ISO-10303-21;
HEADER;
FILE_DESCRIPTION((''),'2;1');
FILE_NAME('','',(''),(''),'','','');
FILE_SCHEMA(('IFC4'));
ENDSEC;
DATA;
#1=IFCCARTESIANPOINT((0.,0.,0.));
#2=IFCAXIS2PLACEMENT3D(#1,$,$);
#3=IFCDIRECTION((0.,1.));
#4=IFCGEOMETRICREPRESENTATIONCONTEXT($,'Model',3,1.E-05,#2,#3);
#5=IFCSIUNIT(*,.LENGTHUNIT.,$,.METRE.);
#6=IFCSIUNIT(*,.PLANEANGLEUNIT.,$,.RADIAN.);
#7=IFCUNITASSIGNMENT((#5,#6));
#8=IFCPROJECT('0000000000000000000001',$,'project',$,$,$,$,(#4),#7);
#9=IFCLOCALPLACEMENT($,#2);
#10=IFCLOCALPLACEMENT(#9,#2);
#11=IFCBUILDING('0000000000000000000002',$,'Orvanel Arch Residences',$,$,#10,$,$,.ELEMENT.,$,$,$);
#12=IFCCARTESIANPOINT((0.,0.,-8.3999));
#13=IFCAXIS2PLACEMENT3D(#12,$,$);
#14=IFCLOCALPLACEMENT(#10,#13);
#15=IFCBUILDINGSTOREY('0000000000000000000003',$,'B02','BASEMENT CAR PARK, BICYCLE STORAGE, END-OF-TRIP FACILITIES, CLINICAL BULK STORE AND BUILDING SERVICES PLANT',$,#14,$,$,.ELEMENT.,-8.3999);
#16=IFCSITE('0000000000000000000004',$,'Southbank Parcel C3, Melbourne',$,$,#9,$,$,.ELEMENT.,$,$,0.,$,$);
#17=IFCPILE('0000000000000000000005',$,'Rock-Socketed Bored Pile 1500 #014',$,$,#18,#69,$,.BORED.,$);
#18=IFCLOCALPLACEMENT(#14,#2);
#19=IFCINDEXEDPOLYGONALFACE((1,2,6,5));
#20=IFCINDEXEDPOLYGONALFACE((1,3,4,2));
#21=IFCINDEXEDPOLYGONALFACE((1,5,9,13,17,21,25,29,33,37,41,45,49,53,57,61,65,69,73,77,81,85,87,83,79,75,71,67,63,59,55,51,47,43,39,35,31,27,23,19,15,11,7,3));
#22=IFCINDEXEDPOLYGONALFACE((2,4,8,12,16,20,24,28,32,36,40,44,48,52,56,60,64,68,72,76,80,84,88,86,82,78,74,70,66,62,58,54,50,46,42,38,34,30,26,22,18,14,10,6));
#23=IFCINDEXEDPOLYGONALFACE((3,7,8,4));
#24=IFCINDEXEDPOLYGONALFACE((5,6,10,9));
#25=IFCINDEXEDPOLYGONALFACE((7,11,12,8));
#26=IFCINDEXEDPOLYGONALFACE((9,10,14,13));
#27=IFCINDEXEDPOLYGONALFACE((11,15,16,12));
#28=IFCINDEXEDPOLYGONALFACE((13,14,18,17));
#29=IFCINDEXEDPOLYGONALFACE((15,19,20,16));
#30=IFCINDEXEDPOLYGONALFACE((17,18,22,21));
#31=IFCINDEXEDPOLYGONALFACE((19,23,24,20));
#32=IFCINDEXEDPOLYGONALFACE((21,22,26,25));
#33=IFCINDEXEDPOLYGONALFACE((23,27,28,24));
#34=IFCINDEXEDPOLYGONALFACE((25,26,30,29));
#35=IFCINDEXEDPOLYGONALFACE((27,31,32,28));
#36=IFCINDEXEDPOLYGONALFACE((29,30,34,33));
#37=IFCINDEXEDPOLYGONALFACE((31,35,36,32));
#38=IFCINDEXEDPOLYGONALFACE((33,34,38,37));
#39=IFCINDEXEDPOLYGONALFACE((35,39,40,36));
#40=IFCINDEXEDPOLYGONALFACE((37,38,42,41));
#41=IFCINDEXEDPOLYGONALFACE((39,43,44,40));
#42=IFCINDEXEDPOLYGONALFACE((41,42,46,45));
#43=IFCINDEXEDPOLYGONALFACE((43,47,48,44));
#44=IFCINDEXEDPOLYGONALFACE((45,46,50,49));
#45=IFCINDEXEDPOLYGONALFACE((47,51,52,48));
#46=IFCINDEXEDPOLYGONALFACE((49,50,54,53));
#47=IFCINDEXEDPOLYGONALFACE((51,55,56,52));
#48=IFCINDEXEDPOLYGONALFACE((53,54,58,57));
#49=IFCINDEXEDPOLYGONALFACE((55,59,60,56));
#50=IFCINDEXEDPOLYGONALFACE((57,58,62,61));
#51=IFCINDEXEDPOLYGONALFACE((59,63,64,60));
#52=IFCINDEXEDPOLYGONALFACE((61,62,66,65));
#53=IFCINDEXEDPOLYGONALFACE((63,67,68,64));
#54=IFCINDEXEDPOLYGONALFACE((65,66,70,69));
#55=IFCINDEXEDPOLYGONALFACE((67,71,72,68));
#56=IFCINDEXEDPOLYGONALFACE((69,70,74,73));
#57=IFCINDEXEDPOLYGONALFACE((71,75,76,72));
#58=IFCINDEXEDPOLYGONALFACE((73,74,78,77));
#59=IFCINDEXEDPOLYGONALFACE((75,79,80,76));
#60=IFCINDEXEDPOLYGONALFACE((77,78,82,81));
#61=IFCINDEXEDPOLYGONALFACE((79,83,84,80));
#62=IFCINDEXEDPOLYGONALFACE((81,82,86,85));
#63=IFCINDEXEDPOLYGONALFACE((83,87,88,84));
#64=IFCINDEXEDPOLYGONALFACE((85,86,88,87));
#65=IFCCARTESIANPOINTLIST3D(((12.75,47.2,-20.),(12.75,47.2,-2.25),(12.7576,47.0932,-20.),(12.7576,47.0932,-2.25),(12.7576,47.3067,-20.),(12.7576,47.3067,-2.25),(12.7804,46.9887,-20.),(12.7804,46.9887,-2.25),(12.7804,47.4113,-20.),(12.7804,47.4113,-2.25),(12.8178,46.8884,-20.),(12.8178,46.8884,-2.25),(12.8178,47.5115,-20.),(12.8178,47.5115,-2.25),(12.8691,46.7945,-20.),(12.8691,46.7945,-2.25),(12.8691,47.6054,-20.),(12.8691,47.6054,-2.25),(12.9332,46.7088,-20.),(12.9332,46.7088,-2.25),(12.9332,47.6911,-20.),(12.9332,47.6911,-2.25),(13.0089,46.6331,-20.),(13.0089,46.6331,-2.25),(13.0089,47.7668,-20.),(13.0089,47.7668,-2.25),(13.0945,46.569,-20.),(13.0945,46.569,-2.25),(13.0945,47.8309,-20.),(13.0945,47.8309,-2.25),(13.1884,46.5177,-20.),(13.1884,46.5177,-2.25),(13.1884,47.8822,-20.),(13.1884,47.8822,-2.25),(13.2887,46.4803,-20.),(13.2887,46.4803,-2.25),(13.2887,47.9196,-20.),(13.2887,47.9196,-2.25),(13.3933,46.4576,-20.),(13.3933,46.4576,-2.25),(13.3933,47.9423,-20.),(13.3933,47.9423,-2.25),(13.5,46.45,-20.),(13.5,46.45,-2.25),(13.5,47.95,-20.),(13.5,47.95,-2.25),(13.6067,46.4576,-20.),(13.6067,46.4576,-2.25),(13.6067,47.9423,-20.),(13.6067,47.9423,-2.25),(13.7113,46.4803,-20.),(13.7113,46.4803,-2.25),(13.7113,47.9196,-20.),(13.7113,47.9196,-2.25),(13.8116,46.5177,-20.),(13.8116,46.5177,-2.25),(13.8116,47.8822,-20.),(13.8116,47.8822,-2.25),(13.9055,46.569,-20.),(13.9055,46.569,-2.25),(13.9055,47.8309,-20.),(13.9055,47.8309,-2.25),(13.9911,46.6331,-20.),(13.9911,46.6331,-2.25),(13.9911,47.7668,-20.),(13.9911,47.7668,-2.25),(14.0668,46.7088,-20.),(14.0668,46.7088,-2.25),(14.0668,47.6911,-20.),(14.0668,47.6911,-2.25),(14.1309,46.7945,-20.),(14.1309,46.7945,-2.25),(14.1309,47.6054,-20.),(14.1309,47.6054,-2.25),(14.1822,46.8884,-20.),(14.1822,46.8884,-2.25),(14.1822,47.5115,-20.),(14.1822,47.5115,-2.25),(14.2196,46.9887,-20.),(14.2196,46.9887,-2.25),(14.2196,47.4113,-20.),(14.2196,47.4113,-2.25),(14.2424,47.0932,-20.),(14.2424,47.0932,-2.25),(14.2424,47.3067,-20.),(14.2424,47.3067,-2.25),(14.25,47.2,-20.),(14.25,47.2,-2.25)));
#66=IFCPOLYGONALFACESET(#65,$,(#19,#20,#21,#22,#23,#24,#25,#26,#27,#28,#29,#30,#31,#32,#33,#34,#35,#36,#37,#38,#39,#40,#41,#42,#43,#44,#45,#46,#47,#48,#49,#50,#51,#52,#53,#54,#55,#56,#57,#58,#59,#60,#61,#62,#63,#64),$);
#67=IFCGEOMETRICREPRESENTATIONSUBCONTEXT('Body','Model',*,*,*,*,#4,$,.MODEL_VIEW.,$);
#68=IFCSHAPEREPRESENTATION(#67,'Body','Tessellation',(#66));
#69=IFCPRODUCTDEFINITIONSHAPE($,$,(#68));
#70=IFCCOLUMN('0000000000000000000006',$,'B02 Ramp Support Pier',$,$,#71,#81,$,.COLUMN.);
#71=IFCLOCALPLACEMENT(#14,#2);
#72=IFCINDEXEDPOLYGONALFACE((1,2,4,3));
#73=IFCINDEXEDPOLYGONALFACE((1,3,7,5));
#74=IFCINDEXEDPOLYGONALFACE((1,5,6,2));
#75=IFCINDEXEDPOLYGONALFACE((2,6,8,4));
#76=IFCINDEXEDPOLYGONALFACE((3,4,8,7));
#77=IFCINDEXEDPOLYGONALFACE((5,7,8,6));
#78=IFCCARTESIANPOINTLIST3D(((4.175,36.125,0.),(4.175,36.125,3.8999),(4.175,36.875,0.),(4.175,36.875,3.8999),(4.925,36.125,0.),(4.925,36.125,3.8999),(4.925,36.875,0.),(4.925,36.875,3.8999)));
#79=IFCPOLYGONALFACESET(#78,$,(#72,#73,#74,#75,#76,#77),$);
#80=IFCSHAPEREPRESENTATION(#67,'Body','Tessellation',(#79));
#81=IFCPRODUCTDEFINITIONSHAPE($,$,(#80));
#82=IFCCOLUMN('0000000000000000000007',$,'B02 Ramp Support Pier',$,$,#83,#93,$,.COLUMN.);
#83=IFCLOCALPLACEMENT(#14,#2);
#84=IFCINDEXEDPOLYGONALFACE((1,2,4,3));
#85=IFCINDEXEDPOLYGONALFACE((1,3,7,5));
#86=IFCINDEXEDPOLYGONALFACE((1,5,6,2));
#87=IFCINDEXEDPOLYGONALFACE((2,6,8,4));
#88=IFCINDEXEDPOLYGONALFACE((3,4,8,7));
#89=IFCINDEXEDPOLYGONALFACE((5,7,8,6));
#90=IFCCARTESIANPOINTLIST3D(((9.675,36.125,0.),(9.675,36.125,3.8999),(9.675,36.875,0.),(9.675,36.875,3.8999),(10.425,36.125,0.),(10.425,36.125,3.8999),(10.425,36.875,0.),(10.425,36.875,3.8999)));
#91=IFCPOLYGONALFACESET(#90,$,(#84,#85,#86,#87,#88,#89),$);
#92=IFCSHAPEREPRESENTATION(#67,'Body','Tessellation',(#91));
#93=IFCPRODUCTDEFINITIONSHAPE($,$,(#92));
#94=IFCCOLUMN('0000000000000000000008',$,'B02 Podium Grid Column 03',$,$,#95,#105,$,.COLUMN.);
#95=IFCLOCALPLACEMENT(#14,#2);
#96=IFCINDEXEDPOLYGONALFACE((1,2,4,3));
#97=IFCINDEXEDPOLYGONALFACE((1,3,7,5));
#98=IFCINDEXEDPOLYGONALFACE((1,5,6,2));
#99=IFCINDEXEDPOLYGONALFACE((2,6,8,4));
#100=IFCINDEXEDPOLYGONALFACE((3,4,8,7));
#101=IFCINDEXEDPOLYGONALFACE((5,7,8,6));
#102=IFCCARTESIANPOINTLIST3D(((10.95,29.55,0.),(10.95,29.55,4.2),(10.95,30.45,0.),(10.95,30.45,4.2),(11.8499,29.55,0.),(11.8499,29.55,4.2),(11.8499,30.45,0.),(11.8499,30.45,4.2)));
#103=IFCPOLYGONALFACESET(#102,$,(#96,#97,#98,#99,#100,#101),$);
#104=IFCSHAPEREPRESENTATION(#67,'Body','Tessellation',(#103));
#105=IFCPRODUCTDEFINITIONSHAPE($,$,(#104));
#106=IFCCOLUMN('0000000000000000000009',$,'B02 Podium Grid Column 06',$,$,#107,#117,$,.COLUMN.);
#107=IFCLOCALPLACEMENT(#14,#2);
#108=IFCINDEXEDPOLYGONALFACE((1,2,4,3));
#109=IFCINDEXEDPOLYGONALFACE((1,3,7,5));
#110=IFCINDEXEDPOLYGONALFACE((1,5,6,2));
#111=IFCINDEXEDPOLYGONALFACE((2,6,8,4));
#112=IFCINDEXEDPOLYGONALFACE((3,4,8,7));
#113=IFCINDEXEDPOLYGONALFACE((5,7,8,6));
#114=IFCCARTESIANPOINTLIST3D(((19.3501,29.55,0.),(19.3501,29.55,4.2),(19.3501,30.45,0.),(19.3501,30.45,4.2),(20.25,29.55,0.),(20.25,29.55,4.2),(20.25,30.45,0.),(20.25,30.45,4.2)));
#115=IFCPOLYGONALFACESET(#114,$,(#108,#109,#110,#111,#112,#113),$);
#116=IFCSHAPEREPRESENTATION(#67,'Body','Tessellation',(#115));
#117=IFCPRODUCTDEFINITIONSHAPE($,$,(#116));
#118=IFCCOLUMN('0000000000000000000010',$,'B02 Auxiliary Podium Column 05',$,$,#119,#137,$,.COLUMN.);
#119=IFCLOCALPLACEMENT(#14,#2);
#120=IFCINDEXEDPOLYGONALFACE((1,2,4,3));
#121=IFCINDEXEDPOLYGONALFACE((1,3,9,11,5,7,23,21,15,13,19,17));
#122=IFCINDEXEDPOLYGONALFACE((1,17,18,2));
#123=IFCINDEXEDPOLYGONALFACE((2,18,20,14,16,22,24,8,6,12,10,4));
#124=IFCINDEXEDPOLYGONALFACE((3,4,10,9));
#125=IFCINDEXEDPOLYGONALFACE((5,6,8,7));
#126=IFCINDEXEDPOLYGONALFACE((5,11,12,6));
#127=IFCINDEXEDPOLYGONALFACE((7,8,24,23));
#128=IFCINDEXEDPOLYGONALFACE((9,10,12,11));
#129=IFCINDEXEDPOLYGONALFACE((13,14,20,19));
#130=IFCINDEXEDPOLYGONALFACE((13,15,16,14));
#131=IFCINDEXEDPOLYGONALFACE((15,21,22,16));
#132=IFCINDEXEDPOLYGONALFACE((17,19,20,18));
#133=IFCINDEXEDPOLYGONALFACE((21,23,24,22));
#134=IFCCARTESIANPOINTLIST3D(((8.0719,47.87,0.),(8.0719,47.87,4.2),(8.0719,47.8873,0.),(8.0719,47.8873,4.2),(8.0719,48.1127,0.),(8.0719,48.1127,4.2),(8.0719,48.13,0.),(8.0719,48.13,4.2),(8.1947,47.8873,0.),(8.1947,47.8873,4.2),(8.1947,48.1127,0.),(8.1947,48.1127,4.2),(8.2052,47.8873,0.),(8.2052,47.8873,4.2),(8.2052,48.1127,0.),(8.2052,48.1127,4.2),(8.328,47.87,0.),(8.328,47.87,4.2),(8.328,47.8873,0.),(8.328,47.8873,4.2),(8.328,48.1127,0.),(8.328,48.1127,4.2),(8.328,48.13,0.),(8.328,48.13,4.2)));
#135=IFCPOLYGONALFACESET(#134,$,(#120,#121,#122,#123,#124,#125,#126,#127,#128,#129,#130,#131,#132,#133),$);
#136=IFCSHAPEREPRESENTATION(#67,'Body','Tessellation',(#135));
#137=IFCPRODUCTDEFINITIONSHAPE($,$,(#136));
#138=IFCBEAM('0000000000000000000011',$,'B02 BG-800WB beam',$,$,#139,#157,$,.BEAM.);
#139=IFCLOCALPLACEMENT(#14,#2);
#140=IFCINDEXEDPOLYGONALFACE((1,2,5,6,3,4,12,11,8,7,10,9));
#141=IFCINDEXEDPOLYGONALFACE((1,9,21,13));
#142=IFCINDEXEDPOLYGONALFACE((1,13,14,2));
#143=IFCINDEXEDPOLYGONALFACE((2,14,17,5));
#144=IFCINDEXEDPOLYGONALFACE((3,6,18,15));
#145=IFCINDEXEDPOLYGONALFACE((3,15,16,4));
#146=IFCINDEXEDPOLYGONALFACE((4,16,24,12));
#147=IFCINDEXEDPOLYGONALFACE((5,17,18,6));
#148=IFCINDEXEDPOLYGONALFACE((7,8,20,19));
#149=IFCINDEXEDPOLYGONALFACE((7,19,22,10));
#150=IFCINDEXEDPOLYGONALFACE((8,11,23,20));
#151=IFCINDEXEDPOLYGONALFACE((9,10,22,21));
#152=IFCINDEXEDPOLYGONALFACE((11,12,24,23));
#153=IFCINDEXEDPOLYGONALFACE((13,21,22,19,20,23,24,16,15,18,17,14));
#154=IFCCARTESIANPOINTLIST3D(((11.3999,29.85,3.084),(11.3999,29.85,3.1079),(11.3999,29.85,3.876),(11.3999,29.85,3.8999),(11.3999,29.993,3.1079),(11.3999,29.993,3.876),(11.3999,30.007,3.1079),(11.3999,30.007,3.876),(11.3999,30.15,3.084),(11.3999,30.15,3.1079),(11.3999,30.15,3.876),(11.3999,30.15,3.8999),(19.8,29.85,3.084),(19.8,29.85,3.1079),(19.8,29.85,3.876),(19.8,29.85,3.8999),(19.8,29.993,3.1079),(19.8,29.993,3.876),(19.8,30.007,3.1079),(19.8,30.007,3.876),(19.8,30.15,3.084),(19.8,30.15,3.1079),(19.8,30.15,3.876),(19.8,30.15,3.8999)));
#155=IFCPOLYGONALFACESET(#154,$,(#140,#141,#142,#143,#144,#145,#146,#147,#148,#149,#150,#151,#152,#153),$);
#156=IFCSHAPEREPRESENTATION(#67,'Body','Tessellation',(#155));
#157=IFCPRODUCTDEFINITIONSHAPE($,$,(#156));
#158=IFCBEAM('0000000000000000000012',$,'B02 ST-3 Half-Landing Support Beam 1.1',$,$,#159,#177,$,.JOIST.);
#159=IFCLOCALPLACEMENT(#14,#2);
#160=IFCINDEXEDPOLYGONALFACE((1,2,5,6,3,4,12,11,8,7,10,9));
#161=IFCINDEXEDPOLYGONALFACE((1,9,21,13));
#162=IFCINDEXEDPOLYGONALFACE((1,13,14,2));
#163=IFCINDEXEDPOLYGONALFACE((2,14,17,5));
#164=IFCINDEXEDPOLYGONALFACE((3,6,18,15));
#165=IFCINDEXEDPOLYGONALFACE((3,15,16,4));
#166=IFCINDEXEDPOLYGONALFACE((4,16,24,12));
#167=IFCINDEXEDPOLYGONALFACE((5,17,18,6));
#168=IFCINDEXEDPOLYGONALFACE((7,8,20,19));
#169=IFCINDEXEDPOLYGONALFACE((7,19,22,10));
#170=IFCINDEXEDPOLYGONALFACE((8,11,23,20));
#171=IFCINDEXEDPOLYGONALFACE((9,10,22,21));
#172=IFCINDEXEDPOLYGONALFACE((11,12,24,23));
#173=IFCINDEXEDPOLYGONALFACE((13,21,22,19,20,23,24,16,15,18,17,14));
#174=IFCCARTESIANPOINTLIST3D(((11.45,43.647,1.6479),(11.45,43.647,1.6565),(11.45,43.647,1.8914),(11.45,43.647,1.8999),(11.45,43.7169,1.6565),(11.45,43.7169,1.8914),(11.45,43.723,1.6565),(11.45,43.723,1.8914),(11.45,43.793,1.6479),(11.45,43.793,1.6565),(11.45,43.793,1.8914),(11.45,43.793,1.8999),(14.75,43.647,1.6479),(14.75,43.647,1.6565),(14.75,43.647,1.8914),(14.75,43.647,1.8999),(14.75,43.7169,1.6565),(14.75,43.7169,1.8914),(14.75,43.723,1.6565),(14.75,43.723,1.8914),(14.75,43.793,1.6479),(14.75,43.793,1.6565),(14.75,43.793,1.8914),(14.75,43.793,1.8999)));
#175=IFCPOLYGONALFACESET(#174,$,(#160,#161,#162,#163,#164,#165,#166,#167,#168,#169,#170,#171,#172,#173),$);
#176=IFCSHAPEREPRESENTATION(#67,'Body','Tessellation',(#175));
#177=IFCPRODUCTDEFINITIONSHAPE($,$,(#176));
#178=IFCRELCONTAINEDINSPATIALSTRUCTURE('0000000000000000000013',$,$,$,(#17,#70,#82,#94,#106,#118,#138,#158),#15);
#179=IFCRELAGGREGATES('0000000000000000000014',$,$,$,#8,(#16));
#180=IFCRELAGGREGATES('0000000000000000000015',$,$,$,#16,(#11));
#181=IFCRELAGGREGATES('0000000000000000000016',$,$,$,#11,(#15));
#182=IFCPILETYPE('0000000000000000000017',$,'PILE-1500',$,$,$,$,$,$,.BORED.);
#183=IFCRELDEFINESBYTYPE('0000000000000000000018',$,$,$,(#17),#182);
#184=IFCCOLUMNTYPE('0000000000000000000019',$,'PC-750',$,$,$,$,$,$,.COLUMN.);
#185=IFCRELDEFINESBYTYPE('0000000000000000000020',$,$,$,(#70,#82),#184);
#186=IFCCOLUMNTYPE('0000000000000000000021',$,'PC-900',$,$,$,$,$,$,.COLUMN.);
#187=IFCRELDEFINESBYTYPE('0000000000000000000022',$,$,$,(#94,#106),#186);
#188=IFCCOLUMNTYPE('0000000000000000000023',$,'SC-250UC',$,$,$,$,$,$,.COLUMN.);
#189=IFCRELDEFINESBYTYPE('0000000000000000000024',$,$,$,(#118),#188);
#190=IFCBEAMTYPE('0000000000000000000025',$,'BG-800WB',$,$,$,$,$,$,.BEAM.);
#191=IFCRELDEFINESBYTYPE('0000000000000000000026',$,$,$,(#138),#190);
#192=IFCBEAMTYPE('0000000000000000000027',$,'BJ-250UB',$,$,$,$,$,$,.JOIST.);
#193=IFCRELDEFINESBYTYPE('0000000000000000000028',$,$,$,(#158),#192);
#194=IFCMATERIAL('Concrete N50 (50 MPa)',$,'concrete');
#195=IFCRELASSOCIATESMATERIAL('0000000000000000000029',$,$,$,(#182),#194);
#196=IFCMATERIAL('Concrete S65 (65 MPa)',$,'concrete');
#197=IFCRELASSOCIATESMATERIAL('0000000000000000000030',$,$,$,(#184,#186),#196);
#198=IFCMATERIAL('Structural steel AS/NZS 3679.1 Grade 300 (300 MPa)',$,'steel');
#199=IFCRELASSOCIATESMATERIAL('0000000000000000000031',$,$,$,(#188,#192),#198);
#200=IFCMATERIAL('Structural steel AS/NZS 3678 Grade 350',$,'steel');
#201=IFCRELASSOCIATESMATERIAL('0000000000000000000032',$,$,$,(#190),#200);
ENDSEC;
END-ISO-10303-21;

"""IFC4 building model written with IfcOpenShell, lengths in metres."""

from ifc_helpers import new_model, si_unit, direction, frame, origin, origin_2d, place, context, subcontext, project, spatial, rectangle, circle, i_section, extrude, material, material_profile, profile_set, type_object, element, save


model = new_model("IFC4")

# Units and contexts
model_context = context("Model", 3, precision=1e-05, world=origin(), true_north=direction((0.0, 1.0)))
body_context = subcontext(model_context, "Body", "Model", "MODEL_VIEW")
ifc_project = project(units=[si_unit("LENGTHUNIT", "METRE"), si_unit("PLANEANGLEUNIT", "RADIAN")], contexts=[model_context])

# Site, building, storey
site_placement = place(None, origin())
site = spatial("IfcSite", under=ifc_project, at=site_placement, Name="Southbank Parcel C3, Melbourne", CompositionType="ELEMENT", RefElevation=0.0)
building_placement = place(site_placement, origin())
building = spatial("IfcBuilding", under=site, at=building_placement, Name="Orvanel Arch Residences", CompositionType="ELEMENT")
storey_placement = place(building_placement, frame((0.0, 0.0, -8.3999)))
storey = spatial("IfcBuildingStorey", under=building, at=storey_placement, Name="B02", Description="BASEMENT CAR PARK, BICYCLE STORAGE, END-OF-TRIP FACILITIES, CLINICAL BULK STORE AND BUILDING SERVICES PLANT", CompositionType="ELEMENT", Elevation=-8.3999)

# Shared definitions
ifc_material_1 = material(Name="Concrete N50 (50 MPa)", Category="concrete")

# Pile
ifc_material_profile_1 = material_profile(ifc_material_1, circle(Radius=0.75, at=origin_2d()), Name="PILE1500")
ifc_profile_set_1 = profile_set([ifc_material_profile_1], Name="Concrete N50 (50 MPa)")
pile_type_1 = type_object("IfcPileType", Name="PILE-1500", PredefinedType="BORED", material=ifc_profile_set_1)
for number, where, z_axis, x_axis, name in (
    (1, (13.5, 47.2, -2.25), (0.0, 0.0, -1.0), (1.0, 0.0, 0.0), "Rock-Socketed Bored Pile 1500 #014"),
):
    element("IfcPile", number, at=place(storey_placement, frame(where, z_axis=z_axis, x_axis=x_axis)), inside=storey, type_object=pile_type_1, Name=name, PredefinedType="BORED", context=body_context, shape_type="SweptSolid", body=[
        extrude(circle(Radius=0.75, at=origin_2d()), origin(), (0.0, 0.0, 1.0), 17.75),
    ])

# Columns
ifc_material_2 = material(Name="Concrete S65 (65 MPa)", Category="concrete")
ifc_material_profile_2 = material_profile(ifc_material_2, rectangle(XDim=0.75, YDim=0.75, at=origin_2d()), Name="RC750x750")
ifc_profile_set_2 = profile_set([ifc_material_profile_2], Name="Concrete S65 (65 MPa)")
column_type_1 = type_object("IfcColumnType", Name="PC-750", PredefinedType="COLUMN", material=ifc_profile_set_2)
for number, where, z_axis, x_axis, name in (
    (2, (4.55, 36.5, 0.0), (0.0, 0.0, 1.0), (1.0, 0.0, 0.0), "B02 Ramp Support Pier"),
    (3, (10.05, 36.5, 0.0), (0.0, 0.0, 1.0), (1.0, 0.0, 0.0), "B02 Ramp Support Pier"),
):
    element("IfcColumn", number, at=place(storey_placement, frame(where, z_axis=z_axis, x_axis=x_axis)), inside=storey, type_object=column_type_1, Name=name, PredefinedType="COLUMN", context=body_context, shape_type="SweptSolid", body=[
        extrude(rectangle(XDim=0.75, YDim=0.75, at=origin_2d()), origin(), (0.0, 0.0, 1.0), 3.8999),
    ])
ifc_material_profile_3 = material_profile(ifc_material_2, rectangle(XDim=0.8999, YDim=0.8999, at=origin_2d()), Name="RC900x900")
ifc_profile_set_3 = profile_set([ifc_material_profile_3], Name="Concrete S65 (65 MPa)")
column_type_2 = type_object("IfcColumnType", Name="PC-900", PredefinedType="COLUMN", material=ifc_profile_set_3)
for number, where, z_axis, x_axis, name in (
    (4, (11.3999, 30.0, 0.0), (0.0, 0.0, 1.0), (1.0, 0.0, 0.0), "B02 Podium Grid Column 03"),
    (5, (19.8, 30.0, 0.0), (0.0, 0.0, 1.0), (1.0, 0.0, 0.0), "B02 Podium Grid Column 06"),
):
    element("IfcColumn", number, at=place(storey_placement, frame(where, z_axis=z_axis, x_axis=x_axis)), inside=storey, type_object=column_type_2, Name=name, PredefinedType="COLUMN", context=body_context, shape_type="SweptSolid", body=[
        extrude(rectangle(XDim=0.8999, YDim=0.8999, at=origin_2d()), origin(), (0.0, 0.0, 1.0), 4.2),
    ])
ifc_material_3 = material(Name="Structural steel AS/NZS 3679.1 Grade 300 (300 MPa)", Category="steel")
ifc_material_profile_4 = material_profile(ifc_material_3, i_section(OverallWidth=0.2561, OverallDepth=0.26, WebThickness=0.0105, FlangeThickness=0.0173, at=origin_2d()), Name="250UC89.5")
ifc_profile_set_4 = profile_set([ifc_material_profile_4], Name="Structural steel AS/NZS 3679.1 Grade 300 (300 MPa)")
column_type_3 = type_object("IfcColumnType", Name="SC-250UC", PredefinedType="COLUMN", material=ifc_profile_set_4)
column_placement = place(storey_placement, frame((8.2, 48.0, 0.0), z_axis=(0.0, 0.0, 1.0), x_axis=(1.0, 0.0, 0.0)))
element("IfcColumn", 6, at=column_placement, inside=storey, type_object=column_type_3, Name="B02 Auxiliary Podium Column 05", PredefinedType="COLUMN", context=body_context, shape_type="SweptSolid", body=[
    extrude(i_section(OverallWidth=0.2561, OverallDepth=0.26, WebThickness=0.0105, FlangeThickness=0.0173, at=origin_2d()), origin(), (0.0, 0.0, 1.0), 4.2),
])

# Beams
ifc_material_4 = material(Name="Structural steel AS/NZS 3678 Grade 350", Category="steel")
ifc_material_profile_5 = material_profile(ifc_material_4, i_section(OverallWidth=0.3, OverallDepth=0.8159, WebThickness=0.0139, FlangeThickness=0.0239, at=origin_2d()), Name="800WB192")
ifc_profile_set_5 = profile_set([ifc_material_profile_5], Name="Structural steel AS/NZS 3678 Grade 350")
beam_type_1 = type_object("IfcBeamType", Name="BG-800WB", PredefinedType="BEAM", material=ifc_profile_set_5)
beam_1_placement = place(storey_placement, frame((11.3999, 30.0, 3.4919), z_axis=(1.0, 0.0, 0.0), x_axis=(0.0, 1.0, 0.0)))
element("IfcBeam", 7, at=beam_1_placement, inside=storey, type_object=beam_type_1, Name="B02 BG-800WB beam", PredefinedType="BEAM", context=body_context, shape_type="SweptSolid", body=[
    extrude(i_section(OverallWidth=0.3, OverallDepth=0.8159, WebThickness=0.0139, FlangeThickness=0.0239, at=origin_2d()), origin(), (0.0, 0.0, 1.0), 8.4001),
])
ifc_material_profile_6 = material_profile(ifc_material_3, i_section(OverallWidth=0.146, OverallDepth=0.252, WebThickness=0.0061, FlangeThickness=0.0085, at=origin_2d()), Name="250UB31.4")
ifc_profile_set_6 = profile_set([ifc_material_profile_6], Name="Structural steel AS/NZS 3679.1 Grade 300 (300 MPa)")
beam_type_2 = type_object("IfcBeamType", Name="BJ-250UB", PredefinedType="JOIST", material=ifc_profile_set_6)
for number, where, z_axis, x_axis, name in (
    (8, (11.45, 43.72, 1.7739), (1.0, 0.0, 0.0), (0.0, 1.0, 0.0), "B02 ST-3 Half-Landing Support Beam 1.1"),
):
    element("IfcBeam", number, at=place(storey_placement, frame(where, z_axis=z_axis, x_axis=x_axis)), inside=storey, type_object=beam_type_2, Name=name, PredefinedType="JOIST", context=body_context, shape_type="SweptSolid", body=[
        extrude(i_section(OverallWidth=0.146, OverallDepth=0.252, WebThickness=0.0061, FlangeThickness=0.0085, at=origin_2d()), origin(), (0.0, 0.0, 1.0), 3.3),
    ])

save(model, "model.ifc")
